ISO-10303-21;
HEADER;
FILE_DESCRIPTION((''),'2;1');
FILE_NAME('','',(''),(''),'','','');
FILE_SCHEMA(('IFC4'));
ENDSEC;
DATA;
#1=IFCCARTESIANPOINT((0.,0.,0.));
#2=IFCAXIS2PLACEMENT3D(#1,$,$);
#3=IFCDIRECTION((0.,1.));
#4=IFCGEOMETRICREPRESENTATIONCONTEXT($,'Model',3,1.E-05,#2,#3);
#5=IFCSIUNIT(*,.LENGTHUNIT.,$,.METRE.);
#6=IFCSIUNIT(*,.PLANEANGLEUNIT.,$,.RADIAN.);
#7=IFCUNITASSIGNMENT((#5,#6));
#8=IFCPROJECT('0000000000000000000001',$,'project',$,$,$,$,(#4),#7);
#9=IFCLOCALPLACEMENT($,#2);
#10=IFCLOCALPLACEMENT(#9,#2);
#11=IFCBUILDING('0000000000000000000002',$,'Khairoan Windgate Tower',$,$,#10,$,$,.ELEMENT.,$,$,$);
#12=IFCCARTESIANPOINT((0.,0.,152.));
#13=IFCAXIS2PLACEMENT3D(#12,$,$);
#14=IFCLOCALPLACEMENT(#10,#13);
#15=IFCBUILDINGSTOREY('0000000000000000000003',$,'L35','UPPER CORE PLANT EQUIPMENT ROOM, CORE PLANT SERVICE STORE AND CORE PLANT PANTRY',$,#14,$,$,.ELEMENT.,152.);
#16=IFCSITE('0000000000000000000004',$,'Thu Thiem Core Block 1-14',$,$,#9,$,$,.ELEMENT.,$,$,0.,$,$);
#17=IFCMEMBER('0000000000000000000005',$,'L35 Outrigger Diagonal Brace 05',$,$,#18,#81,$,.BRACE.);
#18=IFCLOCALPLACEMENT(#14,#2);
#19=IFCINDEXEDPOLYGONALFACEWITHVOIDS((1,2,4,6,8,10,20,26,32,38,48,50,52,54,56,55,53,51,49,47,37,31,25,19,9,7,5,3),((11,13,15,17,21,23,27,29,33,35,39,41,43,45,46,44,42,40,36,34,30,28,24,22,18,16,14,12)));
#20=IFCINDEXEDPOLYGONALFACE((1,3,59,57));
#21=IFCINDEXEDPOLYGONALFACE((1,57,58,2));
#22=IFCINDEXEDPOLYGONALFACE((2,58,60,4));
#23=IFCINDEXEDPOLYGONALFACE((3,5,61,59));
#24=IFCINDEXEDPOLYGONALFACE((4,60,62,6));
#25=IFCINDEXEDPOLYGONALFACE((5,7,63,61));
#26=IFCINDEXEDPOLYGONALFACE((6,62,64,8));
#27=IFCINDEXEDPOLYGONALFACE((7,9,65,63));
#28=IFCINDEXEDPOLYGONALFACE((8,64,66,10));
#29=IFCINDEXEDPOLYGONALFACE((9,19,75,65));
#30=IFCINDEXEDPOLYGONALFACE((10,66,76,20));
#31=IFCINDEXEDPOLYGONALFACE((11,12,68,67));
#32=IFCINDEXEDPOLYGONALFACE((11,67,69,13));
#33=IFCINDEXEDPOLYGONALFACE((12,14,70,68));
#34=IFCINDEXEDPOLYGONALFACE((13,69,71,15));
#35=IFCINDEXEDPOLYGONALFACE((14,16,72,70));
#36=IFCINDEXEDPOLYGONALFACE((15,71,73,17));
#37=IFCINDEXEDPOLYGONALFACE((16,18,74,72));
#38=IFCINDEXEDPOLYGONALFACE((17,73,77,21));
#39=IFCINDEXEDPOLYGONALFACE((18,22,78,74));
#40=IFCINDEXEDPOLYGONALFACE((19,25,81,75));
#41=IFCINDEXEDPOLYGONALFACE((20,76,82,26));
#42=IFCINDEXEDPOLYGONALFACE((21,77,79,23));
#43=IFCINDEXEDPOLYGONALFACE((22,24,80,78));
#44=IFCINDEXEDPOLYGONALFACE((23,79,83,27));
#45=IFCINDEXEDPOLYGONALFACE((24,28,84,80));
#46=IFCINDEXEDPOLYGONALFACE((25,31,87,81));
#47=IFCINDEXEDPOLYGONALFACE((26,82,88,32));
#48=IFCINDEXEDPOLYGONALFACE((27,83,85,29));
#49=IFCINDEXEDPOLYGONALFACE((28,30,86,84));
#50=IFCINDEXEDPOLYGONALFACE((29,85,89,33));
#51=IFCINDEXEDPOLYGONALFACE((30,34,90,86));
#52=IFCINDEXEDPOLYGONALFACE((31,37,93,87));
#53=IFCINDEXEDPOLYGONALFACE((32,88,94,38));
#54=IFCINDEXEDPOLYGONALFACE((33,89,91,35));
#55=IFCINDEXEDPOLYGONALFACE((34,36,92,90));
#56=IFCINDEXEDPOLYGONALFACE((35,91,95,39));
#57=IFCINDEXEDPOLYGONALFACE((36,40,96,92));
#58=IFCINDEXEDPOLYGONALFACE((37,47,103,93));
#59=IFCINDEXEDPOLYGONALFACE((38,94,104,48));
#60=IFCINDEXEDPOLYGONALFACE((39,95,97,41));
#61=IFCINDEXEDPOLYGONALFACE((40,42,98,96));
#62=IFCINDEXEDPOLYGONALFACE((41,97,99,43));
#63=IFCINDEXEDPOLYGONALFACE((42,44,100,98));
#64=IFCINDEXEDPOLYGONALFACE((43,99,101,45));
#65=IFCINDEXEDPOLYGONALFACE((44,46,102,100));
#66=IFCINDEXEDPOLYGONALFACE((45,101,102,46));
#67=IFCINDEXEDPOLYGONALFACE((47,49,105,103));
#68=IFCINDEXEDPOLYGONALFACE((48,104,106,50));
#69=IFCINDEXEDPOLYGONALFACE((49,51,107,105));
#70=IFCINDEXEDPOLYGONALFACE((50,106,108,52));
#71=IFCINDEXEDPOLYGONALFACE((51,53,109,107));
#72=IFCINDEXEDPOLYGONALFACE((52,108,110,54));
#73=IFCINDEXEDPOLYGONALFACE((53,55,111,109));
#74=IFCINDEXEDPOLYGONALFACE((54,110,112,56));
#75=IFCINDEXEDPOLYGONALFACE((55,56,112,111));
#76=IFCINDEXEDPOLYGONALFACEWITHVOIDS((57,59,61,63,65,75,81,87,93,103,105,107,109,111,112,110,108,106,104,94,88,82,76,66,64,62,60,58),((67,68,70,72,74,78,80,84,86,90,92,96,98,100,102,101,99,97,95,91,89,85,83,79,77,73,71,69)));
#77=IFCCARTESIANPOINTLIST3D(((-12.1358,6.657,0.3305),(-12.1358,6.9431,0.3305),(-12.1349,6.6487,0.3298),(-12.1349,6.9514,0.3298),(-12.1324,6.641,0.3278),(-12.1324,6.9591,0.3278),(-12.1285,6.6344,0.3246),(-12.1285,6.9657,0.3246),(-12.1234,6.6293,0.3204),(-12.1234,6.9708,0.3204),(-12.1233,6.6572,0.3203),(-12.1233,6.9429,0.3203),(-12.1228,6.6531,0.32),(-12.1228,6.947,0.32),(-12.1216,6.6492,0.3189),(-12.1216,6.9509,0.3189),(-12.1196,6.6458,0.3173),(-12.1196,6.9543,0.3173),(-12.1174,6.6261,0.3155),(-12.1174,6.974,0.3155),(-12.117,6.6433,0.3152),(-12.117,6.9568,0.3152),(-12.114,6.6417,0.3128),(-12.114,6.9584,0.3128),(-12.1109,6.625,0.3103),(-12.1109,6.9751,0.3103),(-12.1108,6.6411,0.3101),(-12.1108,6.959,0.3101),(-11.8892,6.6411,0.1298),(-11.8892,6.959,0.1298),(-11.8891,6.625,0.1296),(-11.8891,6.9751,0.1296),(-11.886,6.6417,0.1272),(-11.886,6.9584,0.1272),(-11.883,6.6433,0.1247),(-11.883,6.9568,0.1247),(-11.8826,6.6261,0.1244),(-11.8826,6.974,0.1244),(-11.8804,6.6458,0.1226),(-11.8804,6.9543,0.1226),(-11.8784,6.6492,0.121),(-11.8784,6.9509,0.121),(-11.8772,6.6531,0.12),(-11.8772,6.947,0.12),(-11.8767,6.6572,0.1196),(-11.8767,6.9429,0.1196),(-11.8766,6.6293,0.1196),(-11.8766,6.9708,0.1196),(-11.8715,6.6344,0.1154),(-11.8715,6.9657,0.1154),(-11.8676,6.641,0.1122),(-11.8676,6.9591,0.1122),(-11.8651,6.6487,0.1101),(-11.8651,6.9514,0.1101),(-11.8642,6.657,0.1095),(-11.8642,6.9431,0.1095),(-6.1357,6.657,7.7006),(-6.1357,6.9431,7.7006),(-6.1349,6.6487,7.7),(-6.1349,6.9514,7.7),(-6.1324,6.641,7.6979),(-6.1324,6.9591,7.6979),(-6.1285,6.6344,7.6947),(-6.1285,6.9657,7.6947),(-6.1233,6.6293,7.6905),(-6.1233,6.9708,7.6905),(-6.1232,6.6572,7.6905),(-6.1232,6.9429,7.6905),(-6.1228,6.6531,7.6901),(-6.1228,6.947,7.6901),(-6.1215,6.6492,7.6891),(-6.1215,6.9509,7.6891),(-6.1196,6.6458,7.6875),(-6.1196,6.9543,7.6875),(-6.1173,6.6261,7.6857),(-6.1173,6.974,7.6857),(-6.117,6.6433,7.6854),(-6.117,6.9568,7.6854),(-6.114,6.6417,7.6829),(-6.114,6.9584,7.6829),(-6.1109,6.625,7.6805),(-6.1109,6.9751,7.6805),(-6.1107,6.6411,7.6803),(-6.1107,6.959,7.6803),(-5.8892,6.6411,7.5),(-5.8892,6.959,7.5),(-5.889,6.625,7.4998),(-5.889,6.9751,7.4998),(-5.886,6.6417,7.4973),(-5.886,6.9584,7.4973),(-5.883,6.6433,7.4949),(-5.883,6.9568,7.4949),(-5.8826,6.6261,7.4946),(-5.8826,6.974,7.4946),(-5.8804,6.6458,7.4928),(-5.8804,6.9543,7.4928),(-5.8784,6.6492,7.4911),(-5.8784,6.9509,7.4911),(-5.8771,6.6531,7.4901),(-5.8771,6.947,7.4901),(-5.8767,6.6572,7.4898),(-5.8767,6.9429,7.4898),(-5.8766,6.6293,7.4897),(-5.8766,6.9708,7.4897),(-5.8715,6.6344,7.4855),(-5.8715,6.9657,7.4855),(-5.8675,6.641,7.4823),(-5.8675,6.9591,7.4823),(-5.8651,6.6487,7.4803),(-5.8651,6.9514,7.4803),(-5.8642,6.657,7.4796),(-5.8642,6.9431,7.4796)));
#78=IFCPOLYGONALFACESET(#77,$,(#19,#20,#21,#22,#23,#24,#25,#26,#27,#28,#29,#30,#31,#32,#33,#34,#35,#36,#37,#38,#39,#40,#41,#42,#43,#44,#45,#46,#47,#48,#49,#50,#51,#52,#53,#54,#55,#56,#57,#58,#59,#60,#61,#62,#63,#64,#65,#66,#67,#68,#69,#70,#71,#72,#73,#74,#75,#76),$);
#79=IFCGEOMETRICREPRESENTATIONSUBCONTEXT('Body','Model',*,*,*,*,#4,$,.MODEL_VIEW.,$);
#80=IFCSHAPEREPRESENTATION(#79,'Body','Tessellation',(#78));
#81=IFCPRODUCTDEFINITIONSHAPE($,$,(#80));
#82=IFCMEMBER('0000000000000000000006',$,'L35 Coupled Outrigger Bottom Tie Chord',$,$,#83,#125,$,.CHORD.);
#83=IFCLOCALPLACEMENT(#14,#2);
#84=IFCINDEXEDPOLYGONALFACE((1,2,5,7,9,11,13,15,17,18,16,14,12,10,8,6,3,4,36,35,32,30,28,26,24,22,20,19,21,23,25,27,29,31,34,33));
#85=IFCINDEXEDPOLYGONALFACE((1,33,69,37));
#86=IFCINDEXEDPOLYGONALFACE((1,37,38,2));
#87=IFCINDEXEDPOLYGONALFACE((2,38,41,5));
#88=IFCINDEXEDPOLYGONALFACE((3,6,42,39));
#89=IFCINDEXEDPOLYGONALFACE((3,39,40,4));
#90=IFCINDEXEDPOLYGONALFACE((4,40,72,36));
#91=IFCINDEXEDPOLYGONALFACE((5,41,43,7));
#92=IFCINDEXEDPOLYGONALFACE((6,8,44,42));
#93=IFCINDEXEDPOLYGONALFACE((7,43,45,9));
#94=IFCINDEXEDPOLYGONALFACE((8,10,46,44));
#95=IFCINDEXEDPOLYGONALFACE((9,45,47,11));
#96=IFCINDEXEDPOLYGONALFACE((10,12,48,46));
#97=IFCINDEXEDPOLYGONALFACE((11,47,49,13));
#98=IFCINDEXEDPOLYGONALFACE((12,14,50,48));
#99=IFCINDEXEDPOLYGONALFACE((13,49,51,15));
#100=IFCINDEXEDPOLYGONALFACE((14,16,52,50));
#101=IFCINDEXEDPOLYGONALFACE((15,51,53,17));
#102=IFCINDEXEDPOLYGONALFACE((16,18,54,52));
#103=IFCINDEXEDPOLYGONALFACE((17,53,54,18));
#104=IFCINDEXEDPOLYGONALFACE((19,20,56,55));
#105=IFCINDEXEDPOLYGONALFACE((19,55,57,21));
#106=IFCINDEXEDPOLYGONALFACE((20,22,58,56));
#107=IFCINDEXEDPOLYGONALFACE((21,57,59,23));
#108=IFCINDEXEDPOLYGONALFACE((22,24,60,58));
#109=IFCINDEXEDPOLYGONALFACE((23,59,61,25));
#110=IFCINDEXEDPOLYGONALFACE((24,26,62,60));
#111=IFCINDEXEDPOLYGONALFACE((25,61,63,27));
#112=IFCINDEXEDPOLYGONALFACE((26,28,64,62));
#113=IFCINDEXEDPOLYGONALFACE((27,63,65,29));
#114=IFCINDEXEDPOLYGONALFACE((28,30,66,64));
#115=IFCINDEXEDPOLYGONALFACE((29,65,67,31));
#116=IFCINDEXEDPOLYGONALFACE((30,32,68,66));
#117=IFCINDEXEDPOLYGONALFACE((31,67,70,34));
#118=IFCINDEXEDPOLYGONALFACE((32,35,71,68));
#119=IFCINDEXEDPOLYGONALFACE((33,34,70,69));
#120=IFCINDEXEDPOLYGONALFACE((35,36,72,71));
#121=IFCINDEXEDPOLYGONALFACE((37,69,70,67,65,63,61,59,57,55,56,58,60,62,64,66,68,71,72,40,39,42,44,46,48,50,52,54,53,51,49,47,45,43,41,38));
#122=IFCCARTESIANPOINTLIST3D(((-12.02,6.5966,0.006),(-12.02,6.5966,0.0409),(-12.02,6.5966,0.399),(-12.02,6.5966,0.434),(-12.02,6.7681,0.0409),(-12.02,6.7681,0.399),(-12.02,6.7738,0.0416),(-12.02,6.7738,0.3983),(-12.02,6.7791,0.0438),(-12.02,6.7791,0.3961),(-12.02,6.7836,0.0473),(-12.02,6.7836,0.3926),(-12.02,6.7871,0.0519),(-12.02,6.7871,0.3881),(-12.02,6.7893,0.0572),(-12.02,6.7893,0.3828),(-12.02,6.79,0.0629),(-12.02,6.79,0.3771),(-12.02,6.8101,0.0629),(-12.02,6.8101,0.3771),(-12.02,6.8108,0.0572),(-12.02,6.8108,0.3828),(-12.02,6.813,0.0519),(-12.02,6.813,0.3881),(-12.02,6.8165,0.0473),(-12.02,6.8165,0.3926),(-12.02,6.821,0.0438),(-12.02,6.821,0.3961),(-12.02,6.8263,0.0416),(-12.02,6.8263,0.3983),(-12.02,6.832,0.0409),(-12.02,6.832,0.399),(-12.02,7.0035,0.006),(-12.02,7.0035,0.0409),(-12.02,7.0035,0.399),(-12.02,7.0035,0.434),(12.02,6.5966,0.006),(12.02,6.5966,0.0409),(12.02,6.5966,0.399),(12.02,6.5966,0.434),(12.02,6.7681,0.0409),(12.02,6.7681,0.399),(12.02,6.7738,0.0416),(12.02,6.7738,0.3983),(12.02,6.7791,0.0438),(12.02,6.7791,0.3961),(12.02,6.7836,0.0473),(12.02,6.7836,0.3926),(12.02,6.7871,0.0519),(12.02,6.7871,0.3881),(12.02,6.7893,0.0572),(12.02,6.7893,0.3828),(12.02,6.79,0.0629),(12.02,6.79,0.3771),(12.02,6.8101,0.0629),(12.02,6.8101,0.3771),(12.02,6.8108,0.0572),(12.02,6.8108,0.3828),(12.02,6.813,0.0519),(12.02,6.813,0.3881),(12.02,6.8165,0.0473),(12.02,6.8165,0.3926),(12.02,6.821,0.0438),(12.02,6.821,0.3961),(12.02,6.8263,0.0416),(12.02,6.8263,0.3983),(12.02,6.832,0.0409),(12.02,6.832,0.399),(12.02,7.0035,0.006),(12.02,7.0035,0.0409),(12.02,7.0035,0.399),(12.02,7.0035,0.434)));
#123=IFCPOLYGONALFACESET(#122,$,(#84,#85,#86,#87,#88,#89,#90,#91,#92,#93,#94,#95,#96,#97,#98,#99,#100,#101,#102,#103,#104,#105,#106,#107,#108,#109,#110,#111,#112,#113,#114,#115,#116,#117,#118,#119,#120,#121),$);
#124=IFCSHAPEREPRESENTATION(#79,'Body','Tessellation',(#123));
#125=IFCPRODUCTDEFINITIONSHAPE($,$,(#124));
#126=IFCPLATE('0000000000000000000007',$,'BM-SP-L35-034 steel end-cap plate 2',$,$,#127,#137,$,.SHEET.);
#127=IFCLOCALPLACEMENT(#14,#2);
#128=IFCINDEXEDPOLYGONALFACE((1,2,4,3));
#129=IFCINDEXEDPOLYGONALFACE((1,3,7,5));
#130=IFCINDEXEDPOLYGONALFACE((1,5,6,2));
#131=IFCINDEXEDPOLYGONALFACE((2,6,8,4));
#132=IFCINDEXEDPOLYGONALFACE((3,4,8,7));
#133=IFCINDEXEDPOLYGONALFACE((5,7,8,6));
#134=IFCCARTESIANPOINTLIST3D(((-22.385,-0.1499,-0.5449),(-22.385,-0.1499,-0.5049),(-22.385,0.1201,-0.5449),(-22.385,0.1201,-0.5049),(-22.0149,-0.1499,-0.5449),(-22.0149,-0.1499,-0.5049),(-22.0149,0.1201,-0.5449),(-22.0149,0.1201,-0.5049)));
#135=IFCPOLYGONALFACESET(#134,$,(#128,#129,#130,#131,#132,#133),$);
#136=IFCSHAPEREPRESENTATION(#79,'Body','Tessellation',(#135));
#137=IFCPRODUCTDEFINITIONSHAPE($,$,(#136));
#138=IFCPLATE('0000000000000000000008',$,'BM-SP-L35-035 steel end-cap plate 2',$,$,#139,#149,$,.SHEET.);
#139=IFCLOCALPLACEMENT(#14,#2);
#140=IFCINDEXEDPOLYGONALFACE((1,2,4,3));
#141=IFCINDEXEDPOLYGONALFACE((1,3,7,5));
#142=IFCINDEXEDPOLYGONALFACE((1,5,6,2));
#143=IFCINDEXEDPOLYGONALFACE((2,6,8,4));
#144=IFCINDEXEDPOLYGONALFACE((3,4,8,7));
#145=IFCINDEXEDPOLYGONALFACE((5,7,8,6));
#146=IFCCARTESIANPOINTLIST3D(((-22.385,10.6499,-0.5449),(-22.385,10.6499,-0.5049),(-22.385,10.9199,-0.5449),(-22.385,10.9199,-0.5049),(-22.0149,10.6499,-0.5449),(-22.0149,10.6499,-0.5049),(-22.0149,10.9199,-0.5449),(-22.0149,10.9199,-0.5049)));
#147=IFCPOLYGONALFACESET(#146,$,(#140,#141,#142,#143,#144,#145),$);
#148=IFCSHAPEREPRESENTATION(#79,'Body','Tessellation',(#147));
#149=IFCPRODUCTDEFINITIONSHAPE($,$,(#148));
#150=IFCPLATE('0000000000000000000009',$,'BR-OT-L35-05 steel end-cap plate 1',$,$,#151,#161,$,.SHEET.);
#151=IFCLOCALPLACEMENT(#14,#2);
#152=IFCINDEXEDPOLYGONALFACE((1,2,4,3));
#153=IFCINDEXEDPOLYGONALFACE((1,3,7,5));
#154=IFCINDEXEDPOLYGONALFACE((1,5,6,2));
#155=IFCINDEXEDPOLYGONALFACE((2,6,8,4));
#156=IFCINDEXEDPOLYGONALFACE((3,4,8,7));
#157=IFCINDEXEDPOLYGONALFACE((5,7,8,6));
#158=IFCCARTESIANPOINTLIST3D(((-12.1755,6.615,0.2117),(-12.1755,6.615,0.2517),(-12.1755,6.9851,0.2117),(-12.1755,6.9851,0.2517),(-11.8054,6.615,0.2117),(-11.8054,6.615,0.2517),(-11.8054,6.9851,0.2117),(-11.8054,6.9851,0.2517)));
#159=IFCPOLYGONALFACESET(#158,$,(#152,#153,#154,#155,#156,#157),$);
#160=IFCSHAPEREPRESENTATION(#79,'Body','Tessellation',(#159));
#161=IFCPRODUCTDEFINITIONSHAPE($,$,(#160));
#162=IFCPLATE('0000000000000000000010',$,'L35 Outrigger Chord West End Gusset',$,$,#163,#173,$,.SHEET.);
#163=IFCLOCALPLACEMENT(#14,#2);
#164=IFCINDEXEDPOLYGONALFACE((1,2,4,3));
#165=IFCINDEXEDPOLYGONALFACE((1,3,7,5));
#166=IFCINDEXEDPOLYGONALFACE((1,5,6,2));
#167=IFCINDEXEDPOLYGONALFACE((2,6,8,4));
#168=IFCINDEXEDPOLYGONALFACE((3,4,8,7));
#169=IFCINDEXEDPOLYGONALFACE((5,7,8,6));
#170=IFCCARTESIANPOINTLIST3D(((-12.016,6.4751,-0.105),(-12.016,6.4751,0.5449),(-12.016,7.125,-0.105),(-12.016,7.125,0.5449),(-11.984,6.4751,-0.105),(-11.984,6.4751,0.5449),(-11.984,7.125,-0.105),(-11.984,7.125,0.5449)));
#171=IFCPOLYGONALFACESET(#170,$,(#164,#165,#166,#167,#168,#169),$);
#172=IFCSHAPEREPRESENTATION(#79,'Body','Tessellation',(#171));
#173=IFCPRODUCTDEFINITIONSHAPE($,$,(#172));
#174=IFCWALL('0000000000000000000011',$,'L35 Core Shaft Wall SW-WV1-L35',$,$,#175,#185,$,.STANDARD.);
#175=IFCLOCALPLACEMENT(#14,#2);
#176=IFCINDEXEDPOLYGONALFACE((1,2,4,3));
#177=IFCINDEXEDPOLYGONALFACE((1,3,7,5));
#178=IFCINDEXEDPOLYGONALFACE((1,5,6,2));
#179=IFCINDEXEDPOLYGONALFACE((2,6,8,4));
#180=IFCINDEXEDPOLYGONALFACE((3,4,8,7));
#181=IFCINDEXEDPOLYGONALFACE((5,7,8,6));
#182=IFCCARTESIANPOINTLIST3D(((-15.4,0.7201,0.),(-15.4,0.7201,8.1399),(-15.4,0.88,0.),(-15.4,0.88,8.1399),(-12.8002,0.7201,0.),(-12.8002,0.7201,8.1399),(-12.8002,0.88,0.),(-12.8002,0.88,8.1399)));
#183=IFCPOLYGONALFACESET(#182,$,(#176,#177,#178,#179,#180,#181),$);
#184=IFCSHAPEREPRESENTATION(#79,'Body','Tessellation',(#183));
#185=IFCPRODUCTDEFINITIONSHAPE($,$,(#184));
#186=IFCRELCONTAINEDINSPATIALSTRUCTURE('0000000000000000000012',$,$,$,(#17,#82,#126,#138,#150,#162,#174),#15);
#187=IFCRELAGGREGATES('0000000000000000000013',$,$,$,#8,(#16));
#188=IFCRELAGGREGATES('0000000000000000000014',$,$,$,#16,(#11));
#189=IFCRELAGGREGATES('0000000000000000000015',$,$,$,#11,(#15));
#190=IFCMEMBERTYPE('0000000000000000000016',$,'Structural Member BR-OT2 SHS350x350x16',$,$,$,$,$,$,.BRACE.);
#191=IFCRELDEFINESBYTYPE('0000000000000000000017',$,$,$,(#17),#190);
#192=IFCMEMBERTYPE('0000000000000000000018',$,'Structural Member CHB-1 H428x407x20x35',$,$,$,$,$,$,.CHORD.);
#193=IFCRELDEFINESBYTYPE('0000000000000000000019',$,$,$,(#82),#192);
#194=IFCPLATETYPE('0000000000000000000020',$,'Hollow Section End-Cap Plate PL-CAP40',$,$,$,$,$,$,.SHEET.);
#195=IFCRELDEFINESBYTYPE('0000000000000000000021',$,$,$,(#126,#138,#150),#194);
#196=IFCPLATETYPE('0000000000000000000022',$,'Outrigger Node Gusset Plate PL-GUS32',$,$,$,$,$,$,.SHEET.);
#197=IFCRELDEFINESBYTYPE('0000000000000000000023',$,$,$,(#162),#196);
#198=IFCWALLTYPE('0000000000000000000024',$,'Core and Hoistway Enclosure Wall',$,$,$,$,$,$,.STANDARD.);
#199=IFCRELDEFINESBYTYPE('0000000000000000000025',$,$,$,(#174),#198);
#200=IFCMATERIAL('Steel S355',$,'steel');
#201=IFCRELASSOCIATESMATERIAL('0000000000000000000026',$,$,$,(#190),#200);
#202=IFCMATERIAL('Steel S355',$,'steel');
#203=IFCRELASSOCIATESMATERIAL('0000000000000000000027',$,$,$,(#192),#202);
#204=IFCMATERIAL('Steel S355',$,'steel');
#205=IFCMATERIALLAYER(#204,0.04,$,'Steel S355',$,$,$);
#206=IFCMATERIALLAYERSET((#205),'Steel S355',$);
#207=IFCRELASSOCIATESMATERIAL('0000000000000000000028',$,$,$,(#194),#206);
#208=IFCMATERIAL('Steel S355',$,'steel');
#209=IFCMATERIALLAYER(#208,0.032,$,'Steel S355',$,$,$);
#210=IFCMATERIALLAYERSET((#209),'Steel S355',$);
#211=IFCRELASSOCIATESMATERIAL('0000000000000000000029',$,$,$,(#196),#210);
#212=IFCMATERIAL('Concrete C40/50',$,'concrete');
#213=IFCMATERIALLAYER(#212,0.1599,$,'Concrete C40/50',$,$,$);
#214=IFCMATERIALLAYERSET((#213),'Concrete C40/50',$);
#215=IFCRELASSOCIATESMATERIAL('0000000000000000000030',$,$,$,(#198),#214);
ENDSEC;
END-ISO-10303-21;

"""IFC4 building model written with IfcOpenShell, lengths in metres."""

from ifc_helpers import new_model, si_unit, direction, frame, frame_2d, origin, origin_2d, place, context, subcontext, project, spatial, rectangle, hollow_rectangle, i_section, extrude, material, layer, layer_set, material_profile, profile_set, type_object, element, save


model = new_model("IFC4")

# Units and contexts
model_context = context("Model", 3, precision=1e-05, world=origin(), true_north=direction((0.0, 1.0)))
body_context = subcontext(model_context, "Body", "Model", "MODEL_VIEW")
ifc_project = project(units=[si_unit("LENGTHUNIT", "METRE"), si_unit("PLANEANGLEUNIT", "RADIAN")], contexts=[model_context])

# Site, building, storey
site_placement = place(None, origin())
site = spatial("IfcSite", under=ifc_project, at=site_placement, Name="Thu Thiem Core Block 1-14", CompositionType="ELEMENT", RefElevation=0.0)
building_placement = place(site_placement, origin())
building = spatial("IfcBuilding", under=site, at=building_placement, Name="Khairoan Windgate Tower", CompositionType="ELEMENT")
storey_placement = place(building_placement, frame((0.0, 0.0, 152.0)))
storey = spatial("IfcBuildingStorey", under=building, at=storey_placement, Name="L35", Description="UPPER CORE PLANT EQUIPMENT ROOM, CORE PLANT SERVICE STORE AND CORE PLANT PANTRY", CompositionType="ELEMENT", Elevation=152.0)

# Members
ifc_material_1 = material(Name="Steel S355", Category="steel")
ifc_material_profile_1 = material_profile(ifc_material_1, hollow_rectangle(XDim=0.3501, YDim=0.3501, WallThickness=0.0161, InnerFilletRadius=0.0161, OuterFilletRadius=0.032, at=origin_2d()))
ifc_profile_set_1 = profile_set([ifc_material_profile_1], Name="Steel S355")
member_type_1 = type_object("IfcMemberType", Name="Structural Member BR-OT2 SHS350x350x16", PredefinedType="BRACE", material=ifc_profile_set_1)
member_1_placement = place(storey_placement, frame((-12.0, 6.8, 0.22), z_axis=(0.631339, 0.0, 0.775507), x_axis=(0.0, 1.0, 0.0)))
element("IfcMember", 1, at=member_1_placement, inside=storey, type_object=member_type_1, Name="L35 Outrigger Diagonal Brace 05", PredefinedType="BRACE", context=body_context, shape_type="SweptSolid", body=[
    extrude(hollow_rectangle(XDim=0.3501, YDim=0.3501, WallThickness=0.0161, InnerFilletRadius=0.0161, OuterFilletRadius=0.032, at=origin_2d()), origin(), (0.0, 0.0, 1.0), 9.5037),
])
ifc_material_2 = material(Name="Steel S355", Category="steel")
ifc_material_profile_2 = material_profile(ifc_material_2, i_section(OverallWidth=0.407, OverallDepth=0.428, WebThickness=0.02, FlangeThickness=0.0349, FilletRadius=0.022, at=origin_2d()))
ifc_profile_set_2 = profile_set([ifc_material_profile_2], Name="Steel S355")
member_type_2 = type_object("IfcMemberType", Name="Structural Member CHB-1 H428x407x20x35", PredefinedType="CHORD", material=ifc_profile_set_2)
member_2_placement = place(storey_placement, frame((-12.02, 6.8, 0.22), z_axis=(1.0, 0.0, 0.0), x_axis=(0.0, 1.0, 0.0)))
element("IfcMember", 2, at=member_2_placement, inside=storey, type_object=member_type_2, Name="L35 Coupled Outrigger Bottom Tie Chord", PredefinedType="CHORD", context=body_context, shape_type="SweptSolid", body=[
    extrude(i_section(OverallWidth=0.407, OverallDepth=0.428, WebThickness=0.02, FlangeThickness=0.0349, FilletRadius=0.022, at=origin_2d()), origin(), (0.0, 0.0, 1.0), 24.04),
])

# Plates
ifc_material_3 = material(Name="Steel S355", Category="steel")
ifc_layer_1 = layer(ifc_material_3, 0.04, Name="Steel S355")
ifc_layer_set_1 = layer_set([ifc_layer_1], Name="Steel S355")
plate_type_1 = type_object("IfcPlateType", Name="Hollow Section End-Cap Plate PL-CAP40", PredefinedType="SHEET", material=ifc_layer_set_1)
for number, where, z_axis, x_axis, name in (
    (3, (-22.2, -0.0149, -0.5449), (0.0, 0.0, 1.0), (0.0, 1.0, 0.0), "BM-SP-L35-034 steel end-cap plate 2"),
    (4, (-22.2, 10.7849, -0.5449), (0.0, 0.0, 1.0), (0.0, 1.0, 0.0), "BM-SP-L35-035 steel end-cap plate 2"),
):
    element("IfcPlate", number, at=place(storey_placement, frame(where, z_axis=z_axis, x_axis=x_axis)), inside=storey, type_object=plate_type_1, Name=name, PredefinedType="SHEET", context=body_context, shape_type="SweptSolid", body=[
        extrude(rectangle(XDim=0.27, YDim=0.3701, at=origin_2d()), origin(), (0.0, 0.0, 1.0), 0.04),
    ])
plate_1_placement = place(storey_placement, frame((-11.9905, 6.8, 0.2117), z_axis=(0.0, 0.0, 1.0), x_axis=(1.0, 0.0, 0.0)))
element("IfcPlate", 5, at=plate_1_placement, inside=storey, type_object=plate_type_1, Name="BR-OT-L35-05 steel end-cap plate 1", PredefinedType="SHEET", context=body_context, shape_type="SweptSolid", body=[
    extrude(rectangle(XDim=0.3701, YDim=0.3701, at=origin_2d()), origin(), (0.0, 0.0, 1.0), 0.04),
])
ifc_material_4 = material(Name="Steel S355", Category="steel")
ifc_layer_2 = layer(ifc_material_4, 0.032, Name="Steel S355")
ifc_layer_set_2 = layer_set([ifc_layer_2], Name="Steel S355")
plate_type_2 = type_object("IfcPlateType", Name="Outrigger Node Gusset Plate PL-GUS32", PredefinedType="SHEET", material=ifc_layer_set_2)
plate_2_placement = place(storey_placement, frame((-12.0, 6.8, -0.105), z_axis=(0.0, 0.0, 1.0), x_axis=(1.0, 0.0, 0.0)))
element("IfcPlate", 6, at=plate_2_placement, inside=storey, type_object=plate_type_2, Name="L35 Outrigger Chord West End Gusset", PredefinedType="SHEET", context=body_context, shape_type="SweptSolid", body=[
    extrude(rectangle(XDim=0.032, YDim=0.6499, at=origin_2d()), origin(), (0.0, 0.0, 1.0), 0.6499),
])

# Wall
ifc_material_5 = material(Name="Concrete C40/50", Category="concrete")
ifc_layer_3 = layer(ifc_material_5, 0.1599, Name="Concrete C40/50")
ifc_layer_set_3 = layer_set([ifc_layer_3], Name="Concrete C40/50")
wall_type_1 = type_object("IfcWallType", Name="Core and Hoistway Enclosure Wall", PredefinedType="STANDARD", material=ifc_layer_set_3)
for number, where, z_axis, x_axis, name in (
    (7, (-15.3999, 0.8, 0.0), (0.0, 0.0, 1.0), (1.0, 0.0, 0.0), "L35 Core Shaft Wall SW-WV1-L35"),
):
    element("IfcWall", number, at=place(storey_placement, frame(where, z_axis=z_axis, x_axis=x_axis)), inside=storey, type_object=wall_type_1, Name=name, PredefinedType="STANDARD", context=body_context, shape_type="SweptSolid", body=[
        extrude(rectangle(XDim=2.5999, YDim=0.1599, at=frame_2d((1.2998, 0.0))), origin(), (0.0, 0.0, 1.0), 8.1399),
    ])

save(model, "model.ifc")
